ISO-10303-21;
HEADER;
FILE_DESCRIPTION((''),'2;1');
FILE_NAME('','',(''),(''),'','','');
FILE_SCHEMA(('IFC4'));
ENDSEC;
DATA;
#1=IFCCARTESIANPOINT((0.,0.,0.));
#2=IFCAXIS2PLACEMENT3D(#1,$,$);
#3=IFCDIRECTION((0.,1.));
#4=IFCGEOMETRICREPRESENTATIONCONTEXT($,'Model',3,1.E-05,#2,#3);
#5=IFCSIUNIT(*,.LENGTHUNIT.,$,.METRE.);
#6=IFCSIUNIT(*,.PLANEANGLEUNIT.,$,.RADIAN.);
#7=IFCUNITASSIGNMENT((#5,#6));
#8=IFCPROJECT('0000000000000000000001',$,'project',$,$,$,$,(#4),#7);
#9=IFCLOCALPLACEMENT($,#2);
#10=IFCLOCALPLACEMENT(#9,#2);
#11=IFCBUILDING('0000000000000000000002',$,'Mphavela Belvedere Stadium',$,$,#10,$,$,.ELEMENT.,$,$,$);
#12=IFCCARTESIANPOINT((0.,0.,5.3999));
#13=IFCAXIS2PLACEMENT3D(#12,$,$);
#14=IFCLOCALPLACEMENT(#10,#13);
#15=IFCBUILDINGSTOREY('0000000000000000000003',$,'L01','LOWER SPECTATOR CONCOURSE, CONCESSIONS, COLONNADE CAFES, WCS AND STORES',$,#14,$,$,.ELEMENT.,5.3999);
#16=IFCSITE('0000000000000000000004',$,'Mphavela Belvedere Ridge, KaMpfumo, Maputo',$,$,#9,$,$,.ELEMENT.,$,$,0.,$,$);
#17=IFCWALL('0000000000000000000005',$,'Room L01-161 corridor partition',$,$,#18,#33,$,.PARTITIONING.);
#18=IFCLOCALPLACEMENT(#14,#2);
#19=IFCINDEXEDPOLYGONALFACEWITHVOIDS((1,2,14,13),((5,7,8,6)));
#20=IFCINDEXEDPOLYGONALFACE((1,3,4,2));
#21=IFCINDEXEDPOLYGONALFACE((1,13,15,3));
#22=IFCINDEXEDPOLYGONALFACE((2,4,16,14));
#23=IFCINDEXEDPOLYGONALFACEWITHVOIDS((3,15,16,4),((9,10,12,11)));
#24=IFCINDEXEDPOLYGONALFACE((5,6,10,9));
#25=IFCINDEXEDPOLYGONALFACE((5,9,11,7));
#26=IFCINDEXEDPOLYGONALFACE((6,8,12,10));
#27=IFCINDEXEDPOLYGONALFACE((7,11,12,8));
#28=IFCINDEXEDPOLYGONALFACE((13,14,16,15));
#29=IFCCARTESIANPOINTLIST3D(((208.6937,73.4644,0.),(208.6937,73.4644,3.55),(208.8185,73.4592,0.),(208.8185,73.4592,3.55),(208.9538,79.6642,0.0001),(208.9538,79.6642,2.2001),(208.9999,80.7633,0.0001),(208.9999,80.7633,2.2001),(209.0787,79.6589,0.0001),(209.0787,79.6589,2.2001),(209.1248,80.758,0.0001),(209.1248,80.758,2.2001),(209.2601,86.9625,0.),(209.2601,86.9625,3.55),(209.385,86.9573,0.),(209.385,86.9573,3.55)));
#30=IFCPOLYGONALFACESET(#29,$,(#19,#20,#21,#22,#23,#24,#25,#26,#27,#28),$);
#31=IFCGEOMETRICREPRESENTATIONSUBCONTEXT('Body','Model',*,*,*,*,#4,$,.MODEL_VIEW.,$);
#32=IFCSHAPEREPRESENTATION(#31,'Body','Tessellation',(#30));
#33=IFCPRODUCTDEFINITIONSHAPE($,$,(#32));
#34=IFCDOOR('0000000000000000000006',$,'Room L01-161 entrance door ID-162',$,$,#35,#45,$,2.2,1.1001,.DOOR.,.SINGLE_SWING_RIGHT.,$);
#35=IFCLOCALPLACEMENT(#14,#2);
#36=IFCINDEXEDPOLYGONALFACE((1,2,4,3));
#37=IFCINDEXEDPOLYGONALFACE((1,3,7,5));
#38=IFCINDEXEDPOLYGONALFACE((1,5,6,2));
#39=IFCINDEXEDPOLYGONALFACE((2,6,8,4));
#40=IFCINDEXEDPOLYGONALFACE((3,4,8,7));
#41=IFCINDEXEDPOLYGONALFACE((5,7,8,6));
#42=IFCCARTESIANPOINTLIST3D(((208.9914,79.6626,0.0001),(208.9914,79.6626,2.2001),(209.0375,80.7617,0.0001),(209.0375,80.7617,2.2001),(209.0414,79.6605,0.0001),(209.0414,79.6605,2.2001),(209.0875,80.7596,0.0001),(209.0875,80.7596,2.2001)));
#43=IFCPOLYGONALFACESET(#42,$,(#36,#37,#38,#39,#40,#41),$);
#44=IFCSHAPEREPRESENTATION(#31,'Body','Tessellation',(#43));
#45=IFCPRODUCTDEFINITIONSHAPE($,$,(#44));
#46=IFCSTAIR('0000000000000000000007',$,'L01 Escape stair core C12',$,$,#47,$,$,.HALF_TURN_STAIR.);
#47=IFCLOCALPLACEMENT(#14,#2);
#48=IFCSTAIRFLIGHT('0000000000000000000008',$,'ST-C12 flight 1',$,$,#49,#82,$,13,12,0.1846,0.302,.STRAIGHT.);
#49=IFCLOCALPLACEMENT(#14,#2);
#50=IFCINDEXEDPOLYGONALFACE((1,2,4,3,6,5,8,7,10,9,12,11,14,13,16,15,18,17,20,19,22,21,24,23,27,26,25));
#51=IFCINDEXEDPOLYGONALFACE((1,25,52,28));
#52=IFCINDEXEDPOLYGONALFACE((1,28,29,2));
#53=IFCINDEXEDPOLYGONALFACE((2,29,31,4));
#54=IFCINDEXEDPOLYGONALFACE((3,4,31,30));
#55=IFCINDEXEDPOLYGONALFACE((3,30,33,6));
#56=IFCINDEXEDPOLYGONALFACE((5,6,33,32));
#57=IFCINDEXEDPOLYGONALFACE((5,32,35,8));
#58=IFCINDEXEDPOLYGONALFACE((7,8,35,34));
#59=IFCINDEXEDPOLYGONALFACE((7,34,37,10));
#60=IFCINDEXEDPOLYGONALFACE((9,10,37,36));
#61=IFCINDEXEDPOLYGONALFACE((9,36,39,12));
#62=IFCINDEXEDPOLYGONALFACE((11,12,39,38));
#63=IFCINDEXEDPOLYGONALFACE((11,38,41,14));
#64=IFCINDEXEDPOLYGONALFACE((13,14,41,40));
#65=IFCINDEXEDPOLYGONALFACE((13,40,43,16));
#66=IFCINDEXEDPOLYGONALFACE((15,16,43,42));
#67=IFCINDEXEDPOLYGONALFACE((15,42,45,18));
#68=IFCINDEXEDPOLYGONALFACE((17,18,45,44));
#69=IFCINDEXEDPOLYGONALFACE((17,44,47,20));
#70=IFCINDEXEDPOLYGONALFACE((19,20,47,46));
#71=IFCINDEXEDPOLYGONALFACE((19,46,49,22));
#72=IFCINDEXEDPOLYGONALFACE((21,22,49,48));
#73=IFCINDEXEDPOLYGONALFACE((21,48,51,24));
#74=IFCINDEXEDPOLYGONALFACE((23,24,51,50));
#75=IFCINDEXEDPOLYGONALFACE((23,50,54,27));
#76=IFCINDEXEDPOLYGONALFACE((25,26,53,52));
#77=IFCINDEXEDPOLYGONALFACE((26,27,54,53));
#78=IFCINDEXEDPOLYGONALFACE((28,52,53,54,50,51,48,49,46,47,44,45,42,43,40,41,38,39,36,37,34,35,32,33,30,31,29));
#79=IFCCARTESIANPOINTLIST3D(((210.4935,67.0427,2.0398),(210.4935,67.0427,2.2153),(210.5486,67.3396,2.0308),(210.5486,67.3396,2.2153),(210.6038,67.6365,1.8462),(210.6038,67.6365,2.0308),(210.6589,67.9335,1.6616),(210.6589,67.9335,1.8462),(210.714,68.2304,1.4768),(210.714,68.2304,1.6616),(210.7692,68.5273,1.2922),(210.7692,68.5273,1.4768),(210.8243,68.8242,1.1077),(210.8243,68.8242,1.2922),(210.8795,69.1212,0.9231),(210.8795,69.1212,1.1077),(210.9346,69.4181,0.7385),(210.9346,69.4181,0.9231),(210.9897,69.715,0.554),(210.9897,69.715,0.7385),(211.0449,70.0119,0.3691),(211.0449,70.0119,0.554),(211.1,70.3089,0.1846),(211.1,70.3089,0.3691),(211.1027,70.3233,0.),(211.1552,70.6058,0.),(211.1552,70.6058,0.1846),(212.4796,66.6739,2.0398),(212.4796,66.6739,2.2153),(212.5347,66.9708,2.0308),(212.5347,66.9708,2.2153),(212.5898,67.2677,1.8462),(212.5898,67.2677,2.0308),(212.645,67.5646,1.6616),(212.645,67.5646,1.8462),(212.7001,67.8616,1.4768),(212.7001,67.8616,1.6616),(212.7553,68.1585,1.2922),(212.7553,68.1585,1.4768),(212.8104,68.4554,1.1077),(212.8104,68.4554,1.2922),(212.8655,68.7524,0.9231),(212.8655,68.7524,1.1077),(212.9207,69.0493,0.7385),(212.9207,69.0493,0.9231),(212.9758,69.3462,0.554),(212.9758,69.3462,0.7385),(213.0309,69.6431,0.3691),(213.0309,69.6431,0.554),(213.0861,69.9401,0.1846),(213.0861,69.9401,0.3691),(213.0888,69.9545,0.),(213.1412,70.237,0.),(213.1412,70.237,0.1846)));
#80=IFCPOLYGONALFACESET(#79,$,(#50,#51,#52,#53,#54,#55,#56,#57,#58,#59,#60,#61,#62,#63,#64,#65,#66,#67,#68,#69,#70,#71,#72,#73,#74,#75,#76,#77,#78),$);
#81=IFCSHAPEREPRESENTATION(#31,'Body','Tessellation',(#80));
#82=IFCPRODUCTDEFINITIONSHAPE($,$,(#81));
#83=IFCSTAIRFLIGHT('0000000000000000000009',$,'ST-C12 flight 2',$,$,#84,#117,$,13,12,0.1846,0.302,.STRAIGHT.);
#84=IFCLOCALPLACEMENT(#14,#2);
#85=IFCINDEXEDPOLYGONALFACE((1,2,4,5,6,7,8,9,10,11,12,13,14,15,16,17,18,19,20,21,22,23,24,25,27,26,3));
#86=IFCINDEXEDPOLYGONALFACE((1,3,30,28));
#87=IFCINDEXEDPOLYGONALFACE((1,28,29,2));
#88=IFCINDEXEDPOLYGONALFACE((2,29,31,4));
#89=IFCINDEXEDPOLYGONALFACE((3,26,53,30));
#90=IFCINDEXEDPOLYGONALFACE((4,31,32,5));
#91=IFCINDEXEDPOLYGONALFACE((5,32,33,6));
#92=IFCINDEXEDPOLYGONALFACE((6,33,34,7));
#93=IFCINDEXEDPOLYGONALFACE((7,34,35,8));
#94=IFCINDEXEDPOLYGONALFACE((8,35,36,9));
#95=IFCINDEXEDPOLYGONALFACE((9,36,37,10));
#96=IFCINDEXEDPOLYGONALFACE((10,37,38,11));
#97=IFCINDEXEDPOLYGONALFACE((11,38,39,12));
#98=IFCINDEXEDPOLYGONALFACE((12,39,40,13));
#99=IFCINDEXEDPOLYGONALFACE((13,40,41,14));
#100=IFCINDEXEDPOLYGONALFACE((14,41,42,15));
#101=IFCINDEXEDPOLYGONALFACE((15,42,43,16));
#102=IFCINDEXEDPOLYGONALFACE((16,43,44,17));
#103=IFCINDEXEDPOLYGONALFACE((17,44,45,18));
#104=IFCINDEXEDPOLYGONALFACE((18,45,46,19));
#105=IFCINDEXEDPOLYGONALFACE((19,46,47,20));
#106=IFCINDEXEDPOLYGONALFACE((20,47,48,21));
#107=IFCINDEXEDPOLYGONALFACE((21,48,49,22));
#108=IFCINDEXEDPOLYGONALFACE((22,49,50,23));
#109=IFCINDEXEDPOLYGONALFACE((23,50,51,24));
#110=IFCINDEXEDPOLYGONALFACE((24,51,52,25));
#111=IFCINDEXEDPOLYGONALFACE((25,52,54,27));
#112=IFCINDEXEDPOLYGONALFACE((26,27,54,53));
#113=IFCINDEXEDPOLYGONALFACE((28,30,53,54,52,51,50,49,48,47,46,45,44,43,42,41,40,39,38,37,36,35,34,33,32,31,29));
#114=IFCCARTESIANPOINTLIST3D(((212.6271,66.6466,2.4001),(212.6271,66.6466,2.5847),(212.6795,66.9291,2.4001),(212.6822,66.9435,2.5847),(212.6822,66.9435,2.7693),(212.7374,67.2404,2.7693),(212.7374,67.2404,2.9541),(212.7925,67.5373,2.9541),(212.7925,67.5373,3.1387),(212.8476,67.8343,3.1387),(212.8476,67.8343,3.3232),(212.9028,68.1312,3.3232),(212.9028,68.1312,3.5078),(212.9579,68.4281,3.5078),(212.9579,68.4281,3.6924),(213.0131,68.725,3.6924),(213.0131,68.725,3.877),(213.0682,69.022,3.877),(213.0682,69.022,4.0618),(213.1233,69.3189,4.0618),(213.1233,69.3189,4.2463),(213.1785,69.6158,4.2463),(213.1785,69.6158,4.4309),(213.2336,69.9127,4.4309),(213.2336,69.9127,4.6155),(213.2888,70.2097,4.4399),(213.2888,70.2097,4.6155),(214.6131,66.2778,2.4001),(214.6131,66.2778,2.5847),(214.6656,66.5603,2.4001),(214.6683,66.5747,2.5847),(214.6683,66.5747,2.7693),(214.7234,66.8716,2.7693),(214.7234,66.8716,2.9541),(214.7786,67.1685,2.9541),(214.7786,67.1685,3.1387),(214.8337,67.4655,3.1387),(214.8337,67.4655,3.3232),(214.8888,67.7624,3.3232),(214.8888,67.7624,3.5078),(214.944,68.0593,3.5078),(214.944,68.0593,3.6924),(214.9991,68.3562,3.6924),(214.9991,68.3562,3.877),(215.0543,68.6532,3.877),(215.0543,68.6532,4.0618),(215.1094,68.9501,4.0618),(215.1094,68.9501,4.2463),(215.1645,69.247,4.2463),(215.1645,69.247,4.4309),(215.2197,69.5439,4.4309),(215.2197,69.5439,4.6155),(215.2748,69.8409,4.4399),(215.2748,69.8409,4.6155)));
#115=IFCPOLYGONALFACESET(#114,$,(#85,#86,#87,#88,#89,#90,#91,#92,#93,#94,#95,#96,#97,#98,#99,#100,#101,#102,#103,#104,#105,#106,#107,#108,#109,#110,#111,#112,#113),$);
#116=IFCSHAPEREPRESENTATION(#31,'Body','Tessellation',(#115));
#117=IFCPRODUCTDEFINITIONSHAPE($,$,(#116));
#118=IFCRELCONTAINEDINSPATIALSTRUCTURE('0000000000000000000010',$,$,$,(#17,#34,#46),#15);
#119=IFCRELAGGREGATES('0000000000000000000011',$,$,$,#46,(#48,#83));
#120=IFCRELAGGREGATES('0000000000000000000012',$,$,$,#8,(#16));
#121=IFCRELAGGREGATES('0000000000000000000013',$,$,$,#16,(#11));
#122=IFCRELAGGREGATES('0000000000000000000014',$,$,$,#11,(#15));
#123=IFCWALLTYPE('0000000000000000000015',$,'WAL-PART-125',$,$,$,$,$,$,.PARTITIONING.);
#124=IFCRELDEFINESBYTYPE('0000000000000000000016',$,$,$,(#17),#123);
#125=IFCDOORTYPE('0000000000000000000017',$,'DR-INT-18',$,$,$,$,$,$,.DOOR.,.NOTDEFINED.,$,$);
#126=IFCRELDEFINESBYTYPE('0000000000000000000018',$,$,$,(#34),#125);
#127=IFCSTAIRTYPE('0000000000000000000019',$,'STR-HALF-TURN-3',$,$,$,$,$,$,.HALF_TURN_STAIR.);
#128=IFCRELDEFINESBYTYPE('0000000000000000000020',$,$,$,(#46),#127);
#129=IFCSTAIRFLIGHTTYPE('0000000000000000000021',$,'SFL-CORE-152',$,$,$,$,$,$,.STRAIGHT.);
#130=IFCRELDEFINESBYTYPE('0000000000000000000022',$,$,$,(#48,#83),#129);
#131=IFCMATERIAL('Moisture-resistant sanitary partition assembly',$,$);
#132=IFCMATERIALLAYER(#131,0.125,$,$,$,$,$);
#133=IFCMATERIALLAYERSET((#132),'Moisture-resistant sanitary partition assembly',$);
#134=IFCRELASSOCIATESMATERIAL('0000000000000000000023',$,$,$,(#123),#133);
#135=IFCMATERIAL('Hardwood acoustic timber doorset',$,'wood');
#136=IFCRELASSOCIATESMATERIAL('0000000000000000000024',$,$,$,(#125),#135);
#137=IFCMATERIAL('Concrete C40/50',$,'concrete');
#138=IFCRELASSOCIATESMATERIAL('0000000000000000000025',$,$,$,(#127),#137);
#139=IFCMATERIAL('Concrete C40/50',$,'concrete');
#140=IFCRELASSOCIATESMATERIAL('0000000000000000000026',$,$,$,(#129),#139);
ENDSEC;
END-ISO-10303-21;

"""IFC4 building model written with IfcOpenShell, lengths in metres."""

from ifc_helpers import new_model, si_unit, direction, frame, frame_2d, origin, place, context, subcontext, project, spatial, polyline, rectangle, outline, extrude, material, layer, layer_set, type_object, element, fill, aggregate, save


model = new_model("IFC4")

# Units and contexts
model_context = context("Model", 3, precision=1e-05, world=origin(), true_north=direction((0.0, 1.0)))
body_context = subcontext(model_context, "Body", "Model", "MODEL_VIEW")
ifc_project = project(units=[si_unit("LENGTHUNIT", "METRE"), si_unit("PLANEANGLEUNIT", "RADIAN")], contexts=[model_context])

# Site, building, storey
site_placement = place(None, origin())
site = spatial("IfcSite", under=ifc_project, at=site_placement, Name="Mphavela Belvedere Ridge, KaMpfumo, Maputo", CompositionType="ELEMENT", RefElevation=0.0)
building_placement = place(site_placement, origin())
building = spatial("IfcBuilding", under=site, at=building_placement, Name="Mphavela Belvedere Stadium", CompositionType="ELEMENT")
storey_placement = place(building_placement, frame((0.0, 0.0, 5.3999)))
storey = spatial("IfcBuildingStorey", under=building, at=storey_placement, Name="L01", Description="LOWER SPECTATOR CONCOURSE, CONCESSIONS, COLONNADE CAFES, WCS AND STORES", CompositionType="ELEMENT", Elevation=5.3999)

# Wall, opening, door
ifc_material_1 = material(Name="Moisture-resistant sanitary partition assembly")
ifc_layer_1 = layer(ifc_material_1, 0.125)
ifc_layer_set_1 = layer_set([ifc_layer_1], Name="Moisture-resistant sanitary partition assembly")
wall_type_1 = type_object("IfcWallType", Name="WAL-PART-125", PredefinedType="PARTITIONING", material=ifc_layer_set_1)
wall_1_placement = place(storey_placement, frame((208.7561, 73.4619, 0.0), z_axis=(0.0, 0.0, 1.0), x_axis=(0.041925, 0.999121, 0.0)))
wall_1 = element("IfcWall", 1, at=wall_1_placement, inside=storey, type_object=wall_type_1, Name="Room L01-161 corridor partition", PredefinedType="PARTITIONING", context=body_context, shape_type="SweptSolid", body=[
    extrude(rectangle(XDim=13.51, YDim=0.125, at=frame_2d((6.7549, 0.0))), origin(), (0.0, 0.0, 1.0), 3.55),
])
opening_1_placement = place(wall_1_placement, frame((6.2051, 0.0, 0.0)))
opening_1 = element("IfcOpeningElement", 2, at=opening_1_placement, cuts=wall_1, PredefinedType="OPENING", context=body_context, shape_type="SweptSolid", body=[
    extrude(rectangle(XDim=1.1001, YDim=2.2, at=frame_2d((0.55, 1.1001))), frame((0.0, 0.0725, 0.0), z_axis=(0.0, -1.0, 0.0), x_axis=(1.0, 0.0, 0.0)), (0.0, 0.0, 1.0), 0.145),
])
ifc_material_2 = material(Name="Hardwood acoustic timber doorset", Category="wood")
door_type_1 = type_object("IfcDoorType", Name="DR-INT-18", OperationType="NOTDEFINED", PredefinedType="DOOR", material=ifc_material_2)
door_1_placement = place(opening_1_placement, origin())
door_1 = element("IfcDoor", 3, at=door_1_placement, inside=storey, type_object=door_type_1, Name="Room L01-161 entrance door ID-162", OperationType="SINGLE_SWING_RIGHT", OverallHeight=2.2, OverallWidth=1.1001, PredefinedType="DOOR", context=body_context, shape_type="SweptSolid", body=[
    extrude(rectangle(XDim=1.1001, YDim=2.2, at=frame_2d((0.55, 1.1001))), frame((0.0, 0.0249, 0.0), z_axis=(0.0, -1.0, 0.0), x_axis=(1.0, 0.0, 0.0)), (0.0, 0.0, 1.0), 0.05),
])
fill(opening_1, door_1)

# Stair, stair flights
ifc_material_3 = material(Name="Concrete C40/50", Category="concrete")
stair_type = type_object("IfcStairType", Name="STR-HALF-TURN-3", PredefinedType="HALF_TURN_STAIR", material=ifc_material_3)
stair_placement = place(storey_placement, origin())
stair = element("IfcStair", 4, at=stair_placement, inside=storey, type_object=stair_type, Name="L01 Escape stair core C12", PredefinedType="HALF_TURN_STAIR")
ifc_material_4 = material(Name="Concrete C40/50", Category="concrete")
stair_flight_type = type_object("IfcStairFlightType", Name="SFL-CORE-152", PredefinedType="STRAIGHT", material=ifc_material_4)
stair_flight_1_placement = place(storey_placement, frame((212.1482, 70.4214, 0.0), z_axis=(0.0, 0.0, 1.0), x_axis=(-0.182579, -0.983191, 0.0)))
stair_flight_1 = element("IfcStairFlight", 5, at=stair_flight_1_placement, type_object=stair_flight_type, Name="ST-C12 flight 1", NumberOfRisers=13, NumberOfTreads=12, PredefinedType="STRAIGHT", RiserHeight=0.1846, TreadLength=0.302, context=body_context, shape_type="SweptSolid", body=[
    extrude(outline(polyline([(0.0, 0.0), (0.0, 0.1846), (0.302, 0.1846), (0.302, 0.3691), (0.604, 0.3691), (0.604, 0.554), (0.906, 0.554), (0.906, 0.7385), (1.208, 0.7385), (1.208, 0.9231), (1.51, 0.9231), (1.51, 1.1077), (1.812, 1.1077), (1.812, 1.2922), (2.114, 1.2922), (2.114, 1.4768), (2.416, 1.4768), (2.416, 1.6616), (2.718, 1.6616), (2.718, 1.8462), (3.02, 1.8462), (3.02, 2.0308), (3.322, 2.0308), (3.322, 2.2153), (3.624, 2.2153), (3.624, 2.3999), (3.624, 2.0398), (0.2874, 0.0), (0.0, 0.0)])), frame((0.0, 1.01, 0.0), z_axis=(0.0, -1.0, 0.0), x_axis=(1.0, 0.0, 0.0)), (0.0, 0.0, 1.0), 2.02),
])
stair_flight_2_placement = place(storey_placement, frame((213.6201, 66.4622, 2.4001), z_axis=(0.0, 0.0, 1.0), x_axis=(0.182579, 0.983191, 0.0)))
stair_flight_2 = element("IfcStairFlight", 6, at=stair_flight_2_placement, type_object=stair_flight_type, Name="ST-C12 flight 2", NumberOfRisers=13, NumberOfTreads=12, PredefinedType="STRAIGHT", RiserHeight=0.1846, TreadLength=0.302, context=body_context, shape_type="SweptSolid", body=[
    extrude(outline(polyline([(0.0, 0.0), (0.0, 0.1846), (0.302, 0.1846), (0.302, 0.3691), (0.604, 0.3691), (0.604, 0.554), (0.906, 0.554), (0.906, 0.7385), (1.208, 0.7385), (1.208, 0.9231), (1.51, 0.9231), (1.51, 1.1077), (1.812, 1.1077), (1.812, 1.2922), (2.114, 1.2922), (2.114, 1.4768), (2.416, 1.4768), (2.416, 1.6616), (2.718, 1.6616), (2.718, 1.8462), (3.02, 1.8462), (3.02, 2.0308), (3.322, 2.0308), (3.322, 2.2153), (3.624, 2.2153), (3.624, 2.3999), (3.624, 2.0398), (0.2874, 0.0), (0.0, 0.0)])), frame((0.0, 1.01, 0.0), z_axis=(0.0, -1.0, 0.0), x_axis=(1.0, 0.0, 0.0)), (0.0, 0.0, 1.0), 2.02),
])
aggregate(stair, [stair_flight_1, stair_flight_2])

save(model, "model.ifc")
